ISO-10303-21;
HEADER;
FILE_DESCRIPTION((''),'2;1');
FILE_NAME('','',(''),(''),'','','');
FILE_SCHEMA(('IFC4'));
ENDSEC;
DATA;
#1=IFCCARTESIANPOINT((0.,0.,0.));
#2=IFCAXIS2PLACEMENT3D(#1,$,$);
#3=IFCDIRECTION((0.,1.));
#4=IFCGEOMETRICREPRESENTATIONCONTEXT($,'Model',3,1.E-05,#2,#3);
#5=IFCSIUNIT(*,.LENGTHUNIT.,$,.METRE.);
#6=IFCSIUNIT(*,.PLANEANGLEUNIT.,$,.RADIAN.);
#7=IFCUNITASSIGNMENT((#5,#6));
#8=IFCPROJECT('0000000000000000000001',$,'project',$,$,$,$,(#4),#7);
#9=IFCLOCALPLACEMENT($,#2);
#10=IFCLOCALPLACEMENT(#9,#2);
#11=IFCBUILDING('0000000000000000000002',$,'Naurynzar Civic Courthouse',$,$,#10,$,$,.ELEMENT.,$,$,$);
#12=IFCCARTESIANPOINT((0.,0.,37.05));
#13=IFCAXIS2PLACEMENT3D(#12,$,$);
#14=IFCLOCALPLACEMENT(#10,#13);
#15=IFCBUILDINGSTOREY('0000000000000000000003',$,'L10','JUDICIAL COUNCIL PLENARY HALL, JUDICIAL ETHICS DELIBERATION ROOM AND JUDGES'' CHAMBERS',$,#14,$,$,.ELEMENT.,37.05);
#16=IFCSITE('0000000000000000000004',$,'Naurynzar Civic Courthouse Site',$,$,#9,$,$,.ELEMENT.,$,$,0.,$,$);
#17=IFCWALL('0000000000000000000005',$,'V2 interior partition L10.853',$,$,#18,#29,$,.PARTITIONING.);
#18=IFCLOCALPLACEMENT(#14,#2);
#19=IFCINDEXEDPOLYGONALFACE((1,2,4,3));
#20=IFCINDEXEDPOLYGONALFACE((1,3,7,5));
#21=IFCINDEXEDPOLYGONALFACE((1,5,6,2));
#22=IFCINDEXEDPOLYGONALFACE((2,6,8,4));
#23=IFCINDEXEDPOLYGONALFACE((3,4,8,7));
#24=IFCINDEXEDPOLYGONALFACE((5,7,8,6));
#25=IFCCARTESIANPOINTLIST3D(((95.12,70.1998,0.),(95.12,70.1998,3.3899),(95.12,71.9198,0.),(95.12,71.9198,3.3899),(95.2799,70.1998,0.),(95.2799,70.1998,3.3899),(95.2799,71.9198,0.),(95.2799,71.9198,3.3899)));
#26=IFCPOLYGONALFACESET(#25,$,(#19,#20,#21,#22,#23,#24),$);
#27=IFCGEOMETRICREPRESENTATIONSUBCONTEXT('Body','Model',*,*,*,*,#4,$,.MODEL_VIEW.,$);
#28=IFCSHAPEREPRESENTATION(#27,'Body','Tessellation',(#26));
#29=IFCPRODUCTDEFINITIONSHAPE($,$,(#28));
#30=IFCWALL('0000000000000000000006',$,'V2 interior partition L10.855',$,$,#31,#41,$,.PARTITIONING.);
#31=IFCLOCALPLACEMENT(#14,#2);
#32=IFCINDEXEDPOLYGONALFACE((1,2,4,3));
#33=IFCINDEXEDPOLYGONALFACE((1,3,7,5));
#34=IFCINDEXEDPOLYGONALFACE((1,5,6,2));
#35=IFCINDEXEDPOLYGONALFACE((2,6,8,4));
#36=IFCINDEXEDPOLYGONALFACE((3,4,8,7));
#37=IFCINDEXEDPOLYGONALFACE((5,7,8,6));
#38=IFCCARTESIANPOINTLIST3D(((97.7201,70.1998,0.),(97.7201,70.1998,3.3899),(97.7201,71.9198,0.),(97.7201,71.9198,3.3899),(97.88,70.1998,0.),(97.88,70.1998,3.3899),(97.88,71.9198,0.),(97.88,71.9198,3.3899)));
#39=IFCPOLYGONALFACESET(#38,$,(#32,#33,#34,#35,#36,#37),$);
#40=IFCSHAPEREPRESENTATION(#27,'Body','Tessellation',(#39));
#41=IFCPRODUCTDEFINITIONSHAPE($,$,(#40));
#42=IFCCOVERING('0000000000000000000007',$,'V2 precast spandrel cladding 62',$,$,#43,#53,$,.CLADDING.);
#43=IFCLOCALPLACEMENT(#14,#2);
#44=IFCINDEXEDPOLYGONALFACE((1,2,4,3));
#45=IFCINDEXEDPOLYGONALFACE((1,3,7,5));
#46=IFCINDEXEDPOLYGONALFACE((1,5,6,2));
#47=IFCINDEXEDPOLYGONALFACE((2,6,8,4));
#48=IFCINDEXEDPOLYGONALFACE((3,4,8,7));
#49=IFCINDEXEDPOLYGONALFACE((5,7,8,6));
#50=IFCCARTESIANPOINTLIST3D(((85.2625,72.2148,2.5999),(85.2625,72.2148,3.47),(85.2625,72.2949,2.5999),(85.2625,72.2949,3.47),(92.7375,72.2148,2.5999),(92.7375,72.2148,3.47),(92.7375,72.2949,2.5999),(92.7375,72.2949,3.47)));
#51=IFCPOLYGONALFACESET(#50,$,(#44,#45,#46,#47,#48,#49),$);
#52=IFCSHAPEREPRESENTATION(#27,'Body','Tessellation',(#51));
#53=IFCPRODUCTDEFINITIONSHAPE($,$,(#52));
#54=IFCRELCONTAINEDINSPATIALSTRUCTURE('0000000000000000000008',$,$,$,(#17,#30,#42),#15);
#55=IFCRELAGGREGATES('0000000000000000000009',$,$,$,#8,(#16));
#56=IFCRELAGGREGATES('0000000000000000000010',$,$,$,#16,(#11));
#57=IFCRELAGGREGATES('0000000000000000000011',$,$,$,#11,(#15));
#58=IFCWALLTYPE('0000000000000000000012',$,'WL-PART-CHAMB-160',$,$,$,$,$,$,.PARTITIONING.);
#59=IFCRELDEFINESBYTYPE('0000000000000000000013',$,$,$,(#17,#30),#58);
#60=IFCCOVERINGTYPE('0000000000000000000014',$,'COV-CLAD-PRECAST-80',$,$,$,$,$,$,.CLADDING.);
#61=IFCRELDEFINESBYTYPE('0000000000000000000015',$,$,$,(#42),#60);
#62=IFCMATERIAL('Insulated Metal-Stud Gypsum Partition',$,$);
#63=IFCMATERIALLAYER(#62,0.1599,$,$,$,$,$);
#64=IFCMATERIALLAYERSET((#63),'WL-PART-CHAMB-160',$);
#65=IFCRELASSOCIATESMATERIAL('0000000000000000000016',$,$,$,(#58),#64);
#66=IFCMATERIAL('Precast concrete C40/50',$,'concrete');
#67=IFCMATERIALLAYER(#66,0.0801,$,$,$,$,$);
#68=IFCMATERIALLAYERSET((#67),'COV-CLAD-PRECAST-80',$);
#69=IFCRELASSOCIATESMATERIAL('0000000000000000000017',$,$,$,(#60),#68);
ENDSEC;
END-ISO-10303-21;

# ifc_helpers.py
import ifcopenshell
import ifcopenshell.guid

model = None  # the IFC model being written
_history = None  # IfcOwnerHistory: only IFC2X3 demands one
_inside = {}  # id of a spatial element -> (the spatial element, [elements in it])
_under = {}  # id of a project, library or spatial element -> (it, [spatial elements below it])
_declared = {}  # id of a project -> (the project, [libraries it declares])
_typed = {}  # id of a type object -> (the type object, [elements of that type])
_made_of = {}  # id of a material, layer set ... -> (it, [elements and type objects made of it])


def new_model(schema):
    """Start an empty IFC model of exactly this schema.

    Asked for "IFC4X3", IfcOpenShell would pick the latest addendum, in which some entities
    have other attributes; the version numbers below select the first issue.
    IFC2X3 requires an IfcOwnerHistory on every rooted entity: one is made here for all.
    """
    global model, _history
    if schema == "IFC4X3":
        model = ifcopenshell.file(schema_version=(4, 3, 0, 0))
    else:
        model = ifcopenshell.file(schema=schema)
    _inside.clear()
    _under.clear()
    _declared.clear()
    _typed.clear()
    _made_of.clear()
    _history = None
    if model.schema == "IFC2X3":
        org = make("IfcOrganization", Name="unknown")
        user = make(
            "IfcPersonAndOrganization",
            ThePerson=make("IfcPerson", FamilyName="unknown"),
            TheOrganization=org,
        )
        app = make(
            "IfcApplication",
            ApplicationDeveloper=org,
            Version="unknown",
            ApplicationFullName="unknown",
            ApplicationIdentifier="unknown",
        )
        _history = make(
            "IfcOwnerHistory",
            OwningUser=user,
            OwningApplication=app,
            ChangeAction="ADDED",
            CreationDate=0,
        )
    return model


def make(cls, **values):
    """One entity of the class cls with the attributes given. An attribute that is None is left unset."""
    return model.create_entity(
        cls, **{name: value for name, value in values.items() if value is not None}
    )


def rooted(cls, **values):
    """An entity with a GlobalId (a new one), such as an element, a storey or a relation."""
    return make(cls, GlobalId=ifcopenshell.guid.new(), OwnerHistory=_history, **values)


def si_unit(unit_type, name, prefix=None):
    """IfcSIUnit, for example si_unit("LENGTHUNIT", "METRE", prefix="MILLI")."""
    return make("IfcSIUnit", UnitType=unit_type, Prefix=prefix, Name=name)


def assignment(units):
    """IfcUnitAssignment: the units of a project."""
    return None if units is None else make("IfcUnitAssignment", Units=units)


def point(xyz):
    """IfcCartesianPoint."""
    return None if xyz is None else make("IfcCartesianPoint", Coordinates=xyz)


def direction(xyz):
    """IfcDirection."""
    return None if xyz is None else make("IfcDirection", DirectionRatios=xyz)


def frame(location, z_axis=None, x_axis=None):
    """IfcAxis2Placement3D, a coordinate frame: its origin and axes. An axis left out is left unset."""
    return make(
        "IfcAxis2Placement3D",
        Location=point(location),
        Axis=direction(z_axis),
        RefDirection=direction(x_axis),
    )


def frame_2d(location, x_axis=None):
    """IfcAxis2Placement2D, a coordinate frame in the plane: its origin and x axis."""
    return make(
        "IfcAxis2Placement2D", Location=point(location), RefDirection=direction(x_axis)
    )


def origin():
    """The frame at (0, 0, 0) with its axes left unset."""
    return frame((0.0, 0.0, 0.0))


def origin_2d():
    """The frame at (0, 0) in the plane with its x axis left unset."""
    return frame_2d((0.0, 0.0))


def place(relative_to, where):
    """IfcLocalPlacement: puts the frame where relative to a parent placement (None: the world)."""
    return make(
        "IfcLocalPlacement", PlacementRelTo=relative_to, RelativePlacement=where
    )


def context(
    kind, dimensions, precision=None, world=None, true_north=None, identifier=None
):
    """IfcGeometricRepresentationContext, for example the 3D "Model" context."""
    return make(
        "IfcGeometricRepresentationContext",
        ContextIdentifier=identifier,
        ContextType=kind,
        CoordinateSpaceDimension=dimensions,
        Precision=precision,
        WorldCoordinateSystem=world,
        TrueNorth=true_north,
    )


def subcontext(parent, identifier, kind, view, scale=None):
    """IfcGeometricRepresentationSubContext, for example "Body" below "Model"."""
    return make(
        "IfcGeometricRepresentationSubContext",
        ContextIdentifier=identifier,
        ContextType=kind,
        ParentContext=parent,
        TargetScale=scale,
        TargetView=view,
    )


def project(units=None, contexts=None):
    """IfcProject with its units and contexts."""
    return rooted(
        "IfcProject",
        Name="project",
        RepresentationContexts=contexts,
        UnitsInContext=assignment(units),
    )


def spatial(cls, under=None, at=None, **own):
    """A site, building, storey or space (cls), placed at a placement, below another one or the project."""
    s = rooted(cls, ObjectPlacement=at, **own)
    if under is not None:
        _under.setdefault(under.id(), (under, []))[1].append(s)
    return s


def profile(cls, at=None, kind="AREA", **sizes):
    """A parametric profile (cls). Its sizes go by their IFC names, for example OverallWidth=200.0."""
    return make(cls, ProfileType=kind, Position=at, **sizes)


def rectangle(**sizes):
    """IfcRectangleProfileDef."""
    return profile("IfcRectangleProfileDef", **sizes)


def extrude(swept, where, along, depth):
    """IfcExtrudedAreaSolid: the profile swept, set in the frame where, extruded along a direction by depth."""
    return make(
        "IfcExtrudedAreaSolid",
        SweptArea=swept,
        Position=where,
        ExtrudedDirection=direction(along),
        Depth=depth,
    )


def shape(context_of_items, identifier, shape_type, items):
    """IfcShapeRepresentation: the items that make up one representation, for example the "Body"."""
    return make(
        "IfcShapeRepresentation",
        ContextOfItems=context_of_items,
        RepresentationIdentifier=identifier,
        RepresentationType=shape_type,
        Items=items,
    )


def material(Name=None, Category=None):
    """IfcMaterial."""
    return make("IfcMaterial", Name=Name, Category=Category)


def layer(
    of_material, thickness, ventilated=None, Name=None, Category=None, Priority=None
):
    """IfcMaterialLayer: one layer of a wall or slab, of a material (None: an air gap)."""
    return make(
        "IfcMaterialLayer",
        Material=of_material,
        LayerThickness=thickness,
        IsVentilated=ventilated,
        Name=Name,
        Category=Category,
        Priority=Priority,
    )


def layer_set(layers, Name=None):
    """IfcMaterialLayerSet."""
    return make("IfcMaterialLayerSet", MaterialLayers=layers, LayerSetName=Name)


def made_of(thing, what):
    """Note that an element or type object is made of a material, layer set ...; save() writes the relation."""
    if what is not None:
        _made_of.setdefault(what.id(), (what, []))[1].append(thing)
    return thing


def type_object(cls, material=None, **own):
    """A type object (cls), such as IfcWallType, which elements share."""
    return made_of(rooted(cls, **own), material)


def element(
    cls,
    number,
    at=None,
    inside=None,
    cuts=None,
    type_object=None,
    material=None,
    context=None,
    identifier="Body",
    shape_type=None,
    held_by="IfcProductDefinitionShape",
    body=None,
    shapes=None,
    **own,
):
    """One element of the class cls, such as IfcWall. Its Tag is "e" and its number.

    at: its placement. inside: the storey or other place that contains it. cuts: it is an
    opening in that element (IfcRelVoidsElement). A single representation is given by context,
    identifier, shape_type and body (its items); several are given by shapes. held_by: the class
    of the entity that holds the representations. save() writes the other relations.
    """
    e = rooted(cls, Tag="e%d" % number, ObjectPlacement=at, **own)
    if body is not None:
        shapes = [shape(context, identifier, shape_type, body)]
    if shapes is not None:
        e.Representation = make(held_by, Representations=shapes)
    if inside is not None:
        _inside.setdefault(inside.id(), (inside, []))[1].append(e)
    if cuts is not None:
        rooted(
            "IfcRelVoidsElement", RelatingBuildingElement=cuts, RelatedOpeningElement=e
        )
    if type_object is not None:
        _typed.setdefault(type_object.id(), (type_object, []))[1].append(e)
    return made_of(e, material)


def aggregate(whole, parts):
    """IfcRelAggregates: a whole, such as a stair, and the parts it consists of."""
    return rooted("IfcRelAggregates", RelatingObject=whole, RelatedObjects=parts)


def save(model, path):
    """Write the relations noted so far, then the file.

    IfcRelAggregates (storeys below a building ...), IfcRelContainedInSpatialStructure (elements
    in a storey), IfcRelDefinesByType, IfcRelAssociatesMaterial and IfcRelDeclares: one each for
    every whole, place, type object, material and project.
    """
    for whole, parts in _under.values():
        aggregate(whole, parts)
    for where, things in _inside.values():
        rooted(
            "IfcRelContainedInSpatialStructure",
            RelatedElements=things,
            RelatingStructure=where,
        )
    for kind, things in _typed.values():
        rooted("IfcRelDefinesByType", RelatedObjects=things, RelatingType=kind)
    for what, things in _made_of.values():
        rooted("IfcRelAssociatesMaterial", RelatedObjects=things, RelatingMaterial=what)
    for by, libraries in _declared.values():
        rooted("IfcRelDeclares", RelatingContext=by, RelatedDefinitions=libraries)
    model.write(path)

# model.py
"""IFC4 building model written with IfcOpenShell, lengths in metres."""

from ifc_helpers import new_model, si_unit, direction, frame, frame_2d, origin, origin_2d, place, context, subcontext, project, spatial, rectangle, extrude, material, layer, layer_set, type_object, element, save


model = new_model("IFC4")

# Units and contexts
model_context = context("Model", 3, precision=1e-05, world=origin(), true_north=direction((0.0, 1.0)))
body_context = subcontext(model_context, "Body", "Model", "MODEL_VIEW")
ifc_project = project(units=[si_unit("LENGTHUNIT", "METRE"), si_unit("PLANEANGLEUNIT", "RADIAN")], contexts=[model_context])

# Site, building, storey
site_placement = place(None, origin())
site = spatial("IfcSite", under=ifc_project, at=site_placement, Name="Naurynzar Civic Courthouse Site", CompositionType="ELEMENT", RefElevation=0.0)
building_placement = place(site_placement, origin())
building = spatial("IfcBuilding", under=site, at=building_placement, Name="Naurynzar Civic Courthouse", CompositionType="ELEMENT")
storey_placement = place(building_placement, frame((0.0, 0.0, 37.05)))
storey = spatial("IfcBuildingStorey", under=building, at=storey_placement, Name="L10", Description="JUDICIAL COUNCIL PLENARY HALL, JUDICIAL ETHICS DELIBERATION ROOM AND JUDGES' CHAMBERS", CompositionType="ELEMENT", Elevation=37.05)

# Walls
ifc_material_1 = material(Name="Insulated Metal-Stud Gypsum Partition")
ifc_layer_1 = layer(ifc_material_1, 0.1599)
ifc_layer_set_1 = layer_set([ifc_layer_1], Name="WL-PART-CHAMB-160")
wall_type_1 = type_object("IfcWallType", Name="WL-PART-CHAMB-160", PredefinedType="PARTITIONING", material=ifc_layer_set_1)
for number, where, z_axis, x_axis, name in (
    (1, (95.2, 70.2, 0.0), (0.0, 0.0, 1.0), (0.0, 1.0, 0.0), "V2 interior partition L10.853"),
    (2, (97.8, 70.2, 0.0), (0.0, 0.0, 1.0), (0.0, 1.0, 0.0), "V2 interior partition L10.855"),
):
    element("IfcWall", number, at=place(storey_placement, frame(where, z_axis=z_axis, x_axis=x_axis)), inside=storey, type_object=wall_type_1, Name=name, PredefinedType="PARTITIONING", context=body_context, shape_type="SweptSolid", body=[
        extrude(rectangle(XDim=1.72, YDim=0.1599, at=frame_2d((0.8599, 0.0))), origin(), (0.0, 0.0, 1.0), 3.3899),
    ])

# Covering
ifc_material_2 = material(Name="Precast concrete C40/50", Category="concrete")
ifc_layer_2 = layer(ifc_material_2, 0.0801)
ifc_layer_set_2 = layer_set([ifc_layer_2], Name="COV-CLAD-PRECAST-80")
covering_type = type_object("IfcCoveringType", Name="COV-CLAD-PRECAST-80", PredefinedType="CLADDING", material=ifc_layer_set_2)
covering_placement = place(storey_placement, frame((89.0, 72.2549, 2.5999), z_axis=(0.0, 0.0, 1.0), x_axis=(1.0, 0.0, 0.0)))
element("IfcCovering", 3, at=covering_placement, inside=storey, type_object=covering_type, Name="V2 precast spandrel cladding 62", PredefinedType="CLADDING", context=body_context, shape_type="SweptSolid", body=[
    extrude(rectangle(XDim=7.4751, YDim=0.0801, at=origin_2d()), origin(), (0.0, 0.0, 1.0), 0.8701),
])

save(model, "model.ifc")
